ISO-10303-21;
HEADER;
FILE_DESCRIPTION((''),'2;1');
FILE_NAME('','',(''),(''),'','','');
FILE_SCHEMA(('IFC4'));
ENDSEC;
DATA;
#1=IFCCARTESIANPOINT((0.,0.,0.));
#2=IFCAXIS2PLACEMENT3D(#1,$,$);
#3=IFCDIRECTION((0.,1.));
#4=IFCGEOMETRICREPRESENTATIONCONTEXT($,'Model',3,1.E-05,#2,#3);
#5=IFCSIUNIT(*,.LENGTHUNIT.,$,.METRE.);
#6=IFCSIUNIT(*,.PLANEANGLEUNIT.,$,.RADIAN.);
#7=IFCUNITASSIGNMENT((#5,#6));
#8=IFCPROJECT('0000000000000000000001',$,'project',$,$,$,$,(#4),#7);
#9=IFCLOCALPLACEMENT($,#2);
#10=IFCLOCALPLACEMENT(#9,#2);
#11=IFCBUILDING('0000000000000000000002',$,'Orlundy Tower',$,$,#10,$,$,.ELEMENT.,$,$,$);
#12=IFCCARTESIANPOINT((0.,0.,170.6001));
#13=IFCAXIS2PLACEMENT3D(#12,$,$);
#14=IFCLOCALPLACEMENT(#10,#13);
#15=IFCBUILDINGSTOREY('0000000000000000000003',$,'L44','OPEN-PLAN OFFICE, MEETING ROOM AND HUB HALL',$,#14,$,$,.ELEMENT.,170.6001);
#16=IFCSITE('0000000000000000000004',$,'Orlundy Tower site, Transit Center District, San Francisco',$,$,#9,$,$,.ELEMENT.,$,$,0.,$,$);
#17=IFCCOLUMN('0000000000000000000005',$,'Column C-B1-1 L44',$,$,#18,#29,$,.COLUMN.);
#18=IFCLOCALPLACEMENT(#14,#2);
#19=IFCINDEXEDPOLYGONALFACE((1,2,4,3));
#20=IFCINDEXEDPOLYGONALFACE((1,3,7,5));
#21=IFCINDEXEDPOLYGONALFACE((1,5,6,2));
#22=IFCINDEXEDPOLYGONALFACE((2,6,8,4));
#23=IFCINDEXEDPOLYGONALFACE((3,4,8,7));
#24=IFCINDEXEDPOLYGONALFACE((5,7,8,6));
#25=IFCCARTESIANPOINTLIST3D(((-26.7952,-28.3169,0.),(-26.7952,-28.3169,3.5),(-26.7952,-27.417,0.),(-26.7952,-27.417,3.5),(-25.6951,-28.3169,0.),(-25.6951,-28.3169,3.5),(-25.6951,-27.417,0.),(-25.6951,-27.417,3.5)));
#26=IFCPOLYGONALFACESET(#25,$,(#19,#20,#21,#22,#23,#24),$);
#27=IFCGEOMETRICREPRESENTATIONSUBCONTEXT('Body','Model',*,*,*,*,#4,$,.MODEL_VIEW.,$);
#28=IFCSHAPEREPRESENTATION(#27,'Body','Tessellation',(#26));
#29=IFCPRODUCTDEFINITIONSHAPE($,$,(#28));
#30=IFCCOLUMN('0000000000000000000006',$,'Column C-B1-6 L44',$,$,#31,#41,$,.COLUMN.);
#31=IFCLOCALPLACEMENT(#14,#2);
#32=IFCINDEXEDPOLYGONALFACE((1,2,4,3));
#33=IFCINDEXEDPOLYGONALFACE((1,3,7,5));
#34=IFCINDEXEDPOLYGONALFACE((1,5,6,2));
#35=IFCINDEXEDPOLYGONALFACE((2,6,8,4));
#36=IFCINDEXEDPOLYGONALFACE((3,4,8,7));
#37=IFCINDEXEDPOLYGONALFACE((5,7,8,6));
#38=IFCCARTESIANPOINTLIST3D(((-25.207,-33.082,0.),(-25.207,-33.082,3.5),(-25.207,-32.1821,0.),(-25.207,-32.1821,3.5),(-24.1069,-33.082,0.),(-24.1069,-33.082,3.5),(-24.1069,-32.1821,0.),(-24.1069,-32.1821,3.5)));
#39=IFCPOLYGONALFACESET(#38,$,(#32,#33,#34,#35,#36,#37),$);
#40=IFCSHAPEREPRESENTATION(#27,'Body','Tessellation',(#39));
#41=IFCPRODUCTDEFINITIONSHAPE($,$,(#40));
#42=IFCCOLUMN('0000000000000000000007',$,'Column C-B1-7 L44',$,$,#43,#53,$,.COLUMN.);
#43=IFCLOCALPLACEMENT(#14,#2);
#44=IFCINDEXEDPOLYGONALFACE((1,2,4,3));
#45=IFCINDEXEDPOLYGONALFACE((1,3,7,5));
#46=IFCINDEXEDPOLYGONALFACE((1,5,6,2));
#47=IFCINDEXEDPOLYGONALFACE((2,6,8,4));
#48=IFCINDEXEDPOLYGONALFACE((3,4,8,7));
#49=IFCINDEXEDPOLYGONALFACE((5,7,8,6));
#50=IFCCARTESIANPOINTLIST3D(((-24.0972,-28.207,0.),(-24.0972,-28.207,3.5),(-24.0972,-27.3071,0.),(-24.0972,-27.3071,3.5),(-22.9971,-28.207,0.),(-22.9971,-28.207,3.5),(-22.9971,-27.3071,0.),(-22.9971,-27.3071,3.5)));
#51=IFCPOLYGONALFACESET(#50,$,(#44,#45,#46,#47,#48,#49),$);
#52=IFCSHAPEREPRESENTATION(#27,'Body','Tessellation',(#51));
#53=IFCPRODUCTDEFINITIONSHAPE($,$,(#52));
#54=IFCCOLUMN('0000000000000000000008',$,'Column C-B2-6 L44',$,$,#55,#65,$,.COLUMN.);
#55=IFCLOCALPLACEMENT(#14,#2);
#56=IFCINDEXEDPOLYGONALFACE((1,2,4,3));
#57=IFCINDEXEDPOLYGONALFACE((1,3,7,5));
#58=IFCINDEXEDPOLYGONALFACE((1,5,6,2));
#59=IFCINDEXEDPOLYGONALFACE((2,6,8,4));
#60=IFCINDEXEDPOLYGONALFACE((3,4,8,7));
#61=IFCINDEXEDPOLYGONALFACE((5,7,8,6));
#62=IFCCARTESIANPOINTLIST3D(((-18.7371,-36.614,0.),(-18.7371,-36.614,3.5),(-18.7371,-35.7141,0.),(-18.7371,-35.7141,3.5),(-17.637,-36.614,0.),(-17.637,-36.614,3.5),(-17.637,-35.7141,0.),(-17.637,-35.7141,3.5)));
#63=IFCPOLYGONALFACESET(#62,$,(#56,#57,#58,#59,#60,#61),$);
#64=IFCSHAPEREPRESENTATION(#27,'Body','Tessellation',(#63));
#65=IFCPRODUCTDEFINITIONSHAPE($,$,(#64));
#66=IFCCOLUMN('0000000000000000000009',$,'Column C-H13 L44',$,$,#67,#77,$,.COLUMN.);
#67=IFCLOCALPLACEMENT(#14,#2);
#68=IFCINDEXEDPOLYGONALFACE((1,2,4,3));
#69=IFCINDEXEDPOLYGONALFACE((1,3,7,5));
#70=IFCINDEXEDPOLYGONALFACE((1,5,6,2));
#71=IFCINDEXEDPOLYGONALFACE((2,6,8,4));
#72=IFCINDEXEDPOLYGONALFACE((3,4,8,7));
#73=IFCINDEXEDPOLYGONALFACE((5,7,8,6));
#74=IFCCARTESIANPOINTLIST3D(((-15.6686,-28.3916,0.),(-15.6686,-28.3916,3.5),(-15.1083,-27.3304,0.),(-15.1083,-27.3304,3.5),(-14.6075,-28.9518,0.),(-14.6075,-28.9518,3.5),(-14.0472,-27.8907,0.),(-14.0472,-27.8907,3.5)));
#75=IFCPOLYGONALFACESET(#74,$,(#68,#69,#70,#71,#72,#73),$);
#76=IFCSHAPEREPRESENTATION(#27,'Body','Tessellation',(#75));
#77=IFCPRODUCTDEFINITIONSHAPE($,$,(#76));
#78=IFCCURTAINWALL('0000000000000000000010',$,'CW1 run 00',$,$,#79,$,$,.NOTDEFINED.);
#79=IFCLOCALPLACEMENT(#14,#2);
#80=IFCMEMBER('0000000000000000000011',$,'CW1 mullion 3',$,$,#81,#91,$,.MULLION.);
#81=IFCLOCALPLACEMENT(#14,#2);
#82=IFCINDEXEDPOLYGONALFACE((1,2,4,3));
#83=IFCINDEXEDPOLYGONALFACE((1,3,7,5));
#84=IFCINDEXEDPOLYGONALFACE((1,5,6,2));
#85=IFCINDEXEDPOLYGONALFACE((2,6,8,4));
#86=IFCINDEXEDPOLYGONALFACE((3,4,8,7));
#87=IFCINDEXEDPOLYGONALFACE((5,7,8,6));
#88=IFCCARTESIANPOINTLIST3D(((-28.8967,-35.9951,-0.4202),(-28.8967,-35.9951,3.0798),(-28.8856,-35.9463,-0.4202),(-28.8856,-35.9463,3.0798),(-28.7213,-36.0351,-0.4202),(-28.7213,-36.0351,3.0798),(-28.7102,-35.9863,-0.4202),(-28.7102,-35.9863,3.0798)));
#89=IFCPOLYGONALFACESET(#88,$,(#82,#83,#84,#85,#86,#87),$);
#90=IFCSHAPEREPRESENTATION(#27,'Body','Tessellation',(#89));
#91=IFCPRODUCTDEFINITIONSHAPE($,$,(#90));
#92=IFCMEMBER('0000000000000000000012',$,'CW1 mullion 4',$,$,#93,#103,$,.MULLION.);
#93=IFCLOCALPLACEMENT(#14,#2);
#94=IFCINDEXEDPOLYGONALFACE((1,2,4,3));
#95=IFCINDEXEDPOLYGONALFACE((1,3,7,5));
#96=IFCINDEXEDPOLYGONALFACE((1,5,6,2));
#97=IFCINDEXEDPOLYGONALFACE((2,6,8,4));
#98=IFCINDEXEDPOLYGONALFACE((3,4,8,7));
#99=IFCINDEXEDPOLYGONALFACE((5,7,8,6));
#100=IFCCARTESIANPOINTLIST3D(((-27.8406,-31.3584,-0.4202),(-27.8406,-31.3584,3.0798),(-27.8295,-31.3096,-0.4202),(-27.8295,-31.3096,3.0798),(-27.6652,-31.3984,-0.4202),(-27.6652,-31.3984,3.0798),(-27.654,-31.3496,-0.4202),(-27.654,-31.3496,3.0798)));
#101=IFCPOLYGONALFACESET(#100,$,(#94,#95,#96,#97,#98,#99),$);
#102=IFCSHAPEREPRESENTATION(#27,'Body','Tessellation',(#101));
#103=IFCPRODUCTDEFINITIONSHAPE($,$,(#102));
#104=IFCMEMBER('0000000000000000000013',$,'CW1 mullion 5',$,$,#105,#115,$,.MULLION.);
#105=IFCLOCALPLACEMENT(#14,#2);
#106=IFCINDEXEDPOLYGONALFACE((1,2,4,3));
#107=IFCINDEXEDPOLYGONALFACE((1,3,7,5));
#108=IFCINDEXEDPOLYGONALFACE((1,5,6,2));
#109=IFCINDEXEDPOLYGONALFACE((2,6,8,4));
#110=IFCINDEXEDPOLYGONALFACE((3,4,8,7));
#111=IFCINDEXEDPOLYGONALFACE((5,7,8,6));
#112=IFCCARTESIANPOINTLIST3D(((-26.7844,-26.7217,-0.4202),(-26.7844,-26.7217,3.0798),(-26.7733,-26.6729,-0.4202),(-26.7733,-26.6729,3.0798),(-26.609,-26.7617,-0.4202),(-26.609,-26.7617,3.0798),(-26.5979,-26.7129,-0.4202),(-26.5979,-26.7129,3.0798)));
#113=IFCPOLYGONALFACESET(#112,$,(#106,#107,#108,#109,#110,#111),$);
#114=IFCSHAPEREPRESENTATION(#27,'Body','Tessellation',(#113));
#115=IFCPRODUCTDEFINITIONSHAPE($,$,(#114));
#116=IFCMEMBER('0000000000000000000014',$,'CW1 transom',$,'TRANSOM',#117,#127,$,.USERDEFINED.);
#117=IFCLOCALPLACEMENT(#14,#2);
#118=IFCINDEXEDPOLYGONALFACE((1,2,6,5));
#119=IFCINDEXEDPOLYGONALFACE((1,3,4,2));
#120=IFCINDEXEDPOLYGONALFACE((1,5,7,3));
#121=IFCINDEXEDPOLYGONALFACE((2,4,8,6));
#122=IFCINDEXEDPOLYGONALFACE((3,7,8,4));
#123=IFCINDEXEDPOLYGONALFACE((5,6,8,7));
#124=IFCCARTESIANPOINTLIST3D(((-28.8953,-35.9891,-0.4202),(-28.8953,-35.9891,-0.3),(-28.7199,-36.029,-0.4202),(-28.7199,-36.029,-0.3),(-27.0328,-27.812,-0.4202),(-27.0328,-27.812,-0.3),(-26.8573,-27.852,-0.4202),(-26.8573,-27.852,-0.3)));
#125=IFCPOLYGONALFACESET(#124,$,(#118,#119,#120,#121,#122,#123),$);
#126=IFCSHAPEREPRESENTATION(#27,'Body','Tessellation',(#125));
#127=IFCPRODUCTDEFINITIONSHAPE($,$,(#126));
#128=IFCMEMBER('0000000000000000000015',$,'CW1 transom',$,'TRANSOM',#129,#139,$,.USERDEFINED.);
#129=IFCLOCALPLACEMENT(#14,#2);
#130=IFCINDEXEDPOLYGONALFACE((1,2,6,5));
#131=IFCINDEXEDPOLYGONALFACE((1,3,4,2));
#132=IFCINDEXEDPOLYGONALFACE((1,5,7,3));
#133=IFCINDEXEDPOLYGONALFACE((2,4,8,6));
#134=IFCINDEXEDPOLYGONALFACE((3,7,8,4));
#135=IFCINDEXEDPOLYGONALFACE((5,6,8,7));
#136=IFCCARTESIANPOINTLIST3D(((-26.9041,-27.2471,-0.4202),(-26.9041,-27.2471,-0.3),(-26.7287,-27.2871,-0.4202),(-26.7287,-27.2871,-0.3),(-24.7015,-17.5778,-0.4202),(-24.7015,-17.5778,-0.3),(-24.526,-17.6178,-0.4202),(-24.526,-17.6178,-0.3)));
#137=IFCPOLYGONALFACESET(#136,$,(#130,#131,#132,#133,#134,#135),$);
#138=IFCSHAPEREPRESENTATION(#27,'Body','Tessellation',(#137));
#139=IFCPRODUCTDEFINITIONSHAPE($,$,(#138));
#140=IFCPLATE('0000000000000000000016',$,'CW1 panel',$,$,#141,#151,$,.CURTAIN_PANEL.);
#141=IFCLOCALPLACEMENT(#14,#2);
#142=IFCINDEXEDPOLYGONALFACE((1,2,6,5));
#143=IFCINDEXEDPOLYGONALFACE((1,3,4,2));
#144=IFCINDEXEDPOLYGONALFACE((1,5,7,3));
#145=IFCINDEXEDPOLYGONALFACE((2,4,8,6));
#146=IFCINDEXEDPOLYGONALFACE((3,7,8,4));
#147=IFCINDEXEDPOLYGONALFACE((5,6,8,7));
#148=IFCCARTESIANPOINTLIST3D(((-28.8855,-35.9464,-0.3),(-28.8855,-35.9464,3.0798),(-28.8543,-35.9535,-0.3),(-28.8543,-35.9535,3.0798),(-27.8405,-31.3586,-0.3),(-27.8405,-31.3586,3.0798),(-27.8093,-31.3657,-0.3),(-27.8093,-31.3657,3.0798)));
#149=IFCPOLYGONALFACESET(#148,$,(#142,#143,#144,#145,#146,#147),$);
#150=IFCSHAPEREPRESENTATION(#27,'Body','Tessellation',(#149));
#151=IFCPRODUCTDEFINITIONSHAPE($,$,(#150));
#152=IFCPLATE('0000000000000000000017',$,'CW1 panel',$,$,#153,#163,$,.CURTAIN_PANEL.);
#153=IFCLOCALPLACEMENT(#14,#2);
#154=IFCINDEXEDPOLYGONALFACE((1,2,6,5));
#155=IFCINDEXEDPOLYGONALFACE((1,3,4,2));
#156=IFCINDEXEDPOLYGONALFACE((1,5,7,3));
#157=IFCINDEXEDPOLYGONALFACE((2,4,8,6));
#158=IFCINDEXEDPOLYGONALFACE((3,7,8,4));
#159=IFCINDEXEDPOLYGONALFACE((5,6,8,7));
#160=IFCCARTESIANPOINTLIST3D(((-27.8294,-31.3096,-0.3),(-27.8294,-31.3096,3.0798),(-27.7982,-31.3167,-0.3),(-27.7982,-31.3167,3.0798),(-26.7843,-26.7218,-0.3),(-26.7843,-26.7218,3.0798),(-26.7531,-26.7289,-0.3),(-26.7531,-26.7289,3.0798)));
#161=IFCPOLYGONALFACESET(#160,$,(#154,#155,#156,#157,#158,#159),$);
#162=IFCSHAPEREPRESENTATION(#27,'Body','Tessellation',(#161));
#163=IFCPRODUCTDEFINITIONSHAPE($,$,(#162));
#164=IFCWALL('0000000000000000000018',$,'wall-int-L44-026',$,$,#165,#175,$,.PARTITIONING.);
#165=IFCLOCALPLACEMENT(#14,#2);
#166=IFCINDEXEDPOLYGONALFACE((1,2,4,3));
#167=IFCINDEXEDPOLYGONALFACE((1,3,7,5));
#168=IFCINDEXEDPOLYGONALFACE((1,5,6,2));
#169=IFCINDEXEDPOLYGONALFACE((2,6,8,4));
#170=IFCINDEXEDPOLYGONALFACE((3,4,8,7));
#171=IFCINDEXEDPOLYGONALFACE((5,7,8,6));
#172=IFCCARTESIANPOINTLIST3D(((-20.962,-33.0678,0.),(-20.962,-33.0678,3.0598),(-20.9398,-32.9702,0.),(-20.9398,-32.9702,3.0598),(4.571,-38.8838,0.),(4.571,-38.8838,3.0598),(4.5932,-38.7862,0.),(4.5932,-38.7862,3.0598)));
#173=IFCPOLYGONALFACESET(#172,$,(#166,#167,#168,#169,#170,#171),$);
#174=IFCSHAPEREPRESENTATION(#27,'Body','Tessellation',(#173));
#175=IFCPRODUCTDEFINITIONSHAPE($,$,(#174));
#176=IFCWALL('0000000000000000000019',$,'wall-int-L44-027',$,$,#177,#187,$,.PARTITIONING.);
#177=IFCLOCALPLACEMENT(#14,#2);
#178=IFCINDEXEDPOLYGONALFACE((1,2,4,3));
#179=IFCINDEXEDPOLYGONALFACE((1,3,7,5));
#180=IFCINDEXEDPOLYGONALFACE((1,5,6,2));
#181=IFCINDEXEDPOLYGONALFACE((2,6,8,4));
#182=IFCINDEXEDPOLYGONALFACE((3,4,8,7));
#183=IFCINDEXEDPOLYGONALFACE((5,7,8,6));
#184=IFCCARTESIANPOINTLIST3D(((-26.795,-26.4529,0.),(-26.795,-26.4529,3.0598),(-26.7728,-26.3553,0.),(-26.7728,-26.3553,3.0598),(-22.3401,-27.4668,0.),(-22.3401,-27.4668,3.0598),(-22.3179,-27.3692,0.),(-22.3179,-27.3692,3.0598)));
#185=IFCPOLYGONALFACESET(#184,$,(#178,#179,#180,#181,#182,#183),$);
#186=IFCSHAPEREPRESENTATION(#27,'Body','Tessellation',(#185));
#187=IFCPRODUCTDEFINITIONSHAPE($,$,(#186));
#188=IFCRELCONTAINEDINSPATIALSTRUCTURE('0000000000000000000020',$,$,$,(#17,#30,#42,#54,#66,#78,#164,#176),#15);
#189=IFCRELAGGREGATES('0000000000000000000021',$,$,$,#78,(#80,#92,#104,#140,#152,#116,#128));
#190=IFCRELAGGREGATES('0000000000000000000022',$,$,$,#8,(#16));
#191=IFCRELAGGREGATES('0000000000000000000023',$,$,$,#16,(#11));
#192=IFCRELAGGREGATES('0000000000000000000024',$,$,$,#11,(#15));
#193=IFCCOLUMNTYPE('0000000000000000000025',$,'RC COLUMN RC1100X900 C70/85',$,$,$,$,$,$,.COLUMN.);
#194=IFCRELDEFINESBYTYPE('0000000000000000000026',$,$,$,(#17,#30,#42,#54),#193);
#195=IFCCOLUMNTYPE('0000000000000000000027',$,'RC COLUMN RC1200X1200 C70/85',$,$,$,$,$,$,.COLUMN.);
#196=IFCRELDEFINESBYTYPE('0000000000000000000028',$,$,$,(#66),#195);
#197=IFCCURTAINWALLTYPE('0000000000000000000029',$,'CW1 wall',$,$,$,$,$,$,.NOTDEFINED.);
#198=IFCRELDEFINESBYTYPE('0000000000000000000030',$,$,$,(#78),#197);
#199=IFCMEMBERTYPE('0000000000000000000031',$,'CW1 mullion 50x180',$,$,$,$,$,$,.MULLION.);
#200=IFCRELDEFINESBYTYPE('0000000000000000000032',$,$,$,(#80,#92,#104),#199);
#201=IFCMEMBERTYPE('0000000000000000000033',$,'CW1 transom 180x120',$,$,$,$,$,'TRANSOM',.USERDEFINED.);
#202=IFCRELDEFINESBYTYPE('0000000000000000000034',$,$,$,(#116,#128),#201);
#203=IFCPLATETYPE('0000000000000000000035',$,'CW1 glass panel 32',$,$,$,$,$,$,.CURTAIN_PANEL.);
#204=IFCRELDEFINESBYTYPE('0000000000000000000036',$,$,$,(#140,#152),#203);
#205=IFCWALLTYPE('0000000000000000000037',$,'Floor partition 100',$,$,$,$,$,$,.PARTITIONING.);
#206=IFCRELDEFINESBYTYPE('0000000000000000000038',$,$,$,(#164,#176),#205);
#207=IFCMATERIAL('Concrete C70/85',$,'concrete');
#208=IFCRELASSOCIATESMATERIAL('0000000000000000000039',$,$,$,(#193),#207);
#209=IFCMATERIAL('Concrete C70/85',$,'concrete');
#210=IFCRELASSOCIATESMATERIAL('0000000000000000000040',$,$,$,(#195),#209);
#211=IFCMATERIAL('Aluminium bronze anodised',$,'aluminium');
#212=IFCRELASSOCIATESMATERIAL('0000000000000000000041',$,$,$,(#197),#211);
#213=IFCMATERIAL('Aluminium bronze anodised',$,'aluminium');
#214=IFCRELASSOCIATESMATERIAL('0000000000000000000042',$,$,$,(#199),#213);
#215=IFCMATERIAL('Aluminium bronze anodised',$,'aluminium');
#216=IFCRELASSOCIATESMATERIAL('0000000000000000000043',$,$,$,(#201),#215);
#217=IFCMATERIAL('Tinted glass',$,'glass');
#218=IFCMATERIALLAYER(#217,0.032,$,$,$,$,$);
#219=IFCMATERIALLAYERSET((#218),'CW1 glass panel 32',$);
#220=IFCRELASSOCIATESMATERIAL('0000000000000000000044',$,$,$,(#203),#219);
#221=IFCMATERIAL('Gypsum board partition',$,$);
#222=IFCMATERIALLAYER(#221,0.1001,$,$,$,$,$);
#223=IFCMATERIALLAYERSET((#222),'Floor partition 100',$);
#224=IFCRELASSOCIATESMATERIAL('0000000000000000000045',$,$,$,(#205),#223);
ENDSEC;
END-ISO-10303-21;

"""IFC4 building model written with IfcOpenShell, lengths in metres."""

from ifc_helpers import new_model, si_unit, direction, frame, frame_2d, origin, origin_2d, place, context, subcontext, project, spatial, rectangle, extrude, material, layer, layer_set, material_profile, profile_set, type_object, element, aggregate, save


model = new_model("IFC4")

# Units and contexts
model_context = context("Model", 3, precision=1e-05, world=origin(), true_north=direction((0.0, 1.0)))
body_context = subcontext(model_context, "Body", "Model", "MODEL_VIEW")
ifc_project = project(units=[si_unit("LENGTHUNIT", "METRE"), si_unit("PLANEANGLEUNIT", "RADIAN")], contexts=[model_context])

# Site, building, storey
site_placement = place(None, origin())
site = spatial("IfcSite", under=ifc_project, at=site_placement, Name="Orlundy Tower site, Transit Center District, San Francisco", CompositionType="ELEMENT", RefElevation=0.0)
building_placement = place(site_placement, origin())
building = spatial("IfcBuilding", under=site, at=building_placement, Name="Orlundy Tower", CompositionType="ELEMENT")
storey_placement = place(building_placement, frame((0.0, 0.0, 170.6001)))
storey = spatial("IfcBuildingStorey", under=building, at=storey_placement, Name="L44", Description="OPEN-PLAN OFFICE, MEETING ROOM AND HUB HALL", CompositionType="ELEMENT", Elevation=170.6001)

# Columns
ifc_material_1 = material(Name="Concrete C70/85", Category="concrete")
ifc_material_profile_1 = material_profile(ifc_material_1, rectangle(XDim=1.1001, YDim=0.8999, at=origin_2d()), Name="RC1100X900")
ifc_profile_set_1 = profile_set([ifc_material_profile_1], Name="Concrete C70/85")
column_type_1 = type_object("IfcColumnType", Name="RC COLUMN RC1100X900 C70/85", PredefinedType="COLUMN", material=ifc_profile_set_1)
for number, where, z_axis, x_axis, name in (
    (1, (-26.2451, -27.8669, 0.0), (0.0, 0.0, 1.0), (1.0, 0.0, 0.0), "Column C-B1-1 L44"),
    (2, (-24.657, -32.6321, 0.0), (0.0, 0.0, 1.0), (1.0, 0.0, 0.0), "Column C-B1-6 L44"),
    (3, (-23.5471, -27.7571, 0.0), (0.0, 0.0, 1.0), (1.0, 0.0, 0.0), "Column C-B1-7 L44"),
    (4, (-18.187, -36.1641, 0.0), (0.0, 0.0, 1.0), (1.0, 0.0, 0.0), "Column C-B2-6 L44"),
):
    element("IfcColumn", number, at=place(storey_placement, frame(where, z_axis=z_axis, x_axis=x_axis)), inside=storey, type_object=column_type_1, Name=name, PredefinedType="COLUMN", context=body_context, shape_type="SweptSolid", body=[
        extrude(rectangle(XDim=1.1001, YDim=0.8999, at=origin_2d()), origin(), (0.0, 0.0, 1.0), 3.5),
    ])
ifc_material_2 = material(Name="Concrete C70/85", Category="concrete")
ifc_material_profile_2 = material_profile(ifc_material_2, rectangle(XDim=1.2, YDim=1.2, at=origin_2d()), Name="RC1200X1200")
ifc_profile_set_2 = profile_set([ifc_material_profile_2], Name="Concrete C70/85")
column_type_2 = type_object("IfcColumnType", Name="RC COLUMN RC1200X1200 C70/85", PredefinedType="COLUMN", material=ifc_profile_set_2)
column_placement = place(storey_placement, frame((-14.8579, -28.1411, 0.0), z_axis=(0.0, 0.0, 1.0), x_axis=(-0.466896, -0.884312, 0.0)))
element("IfcColumn", 5, at=column_placement, inside=storey, type_object=column_type_2, Name="Column C-H13 L44", PredefinedType="COLUMN", context=body_context, shape_type="SweptSolid", body=[
    extrude(rectangle(XDim=1.2, YDim=1.2, at=origin_2d()), origin(), (0.0, 0.0, 1.0), 3.5),
])

# Curtain wall, members, plates
ifc_material_3 = material(Name="Aluminium bronze anodised", Category="aluminium")
curtain_wall_type = type_object("IfcCurtainWallType", Name="CW1 wall", PredefinedType="NOTDEFINED", material=ifc_material_3)
curtain_wall_placement = place(storey_placement, origin())
curtain_wall = element("IfcCurtainWall", 6, at=curtain_wall_placement, inside=storey, type_object=curtain_wall_type, Name="CW1 run 00", PredefinedType="NOTDEFINED")
ifc_material_4 = material(Name="Aluminium bronze anodised", Category="aluminium")
ifc_material_profile_3 = material_profile(ifc_material_4, rectangle(XDim=0.1799, YDim=0.05, at=origin_2d()), Name="CW1 mullion 50x180")
ifc_profile_set_3 = profile_set([ifc_material_profile_3], Name="Aluminium bronze anodised")
member_type_1 = type_object("IfcMemberType", Name="CW1 mullion 50x180", PredefinedType="MULLION", material=ifc_profile_set_3)
member_1_placement = place(storey_placement, frame((-28.8035, -35.9907, -0.4202), z_axis=(0.0, 0.0, 1.0), x_axis=(-0.975025, 0.222097, 0.0)))
member_1 = element("IfcMember", 7, at=member_1_placement, type_object=member_type_1, Name="CW1 mullion 3", PredefinedType="MULLION", context=body_context, shape_type="SweptSolid", body=[
    extrude(rectangle(XDim=0.1799, YDim=0.05, at=origin_2d()), origin(), (0.0, 0.0, 1.0), 3.5),
])
member_2_placement = place(storey_placement, frame((-27.7473, -31.354, -0.4202), z_axis=(0.0, 0.0, 1.0), x_axis=(-0.975025, 0.222097, 0.0)))
member_2 = element("IfcMember", 8, at=member_2_placement, type_object=member_type_1, Name="CW1 mullion 4", PredefinedType="MULLION", context=body_context, shape_type="SweptSolid", body=[
    extrude(rectangle(XDim=0.1799, YDim=0.05, at=origin_2d()), origin(), (0.0, 0.0, 1.0), 3.5),
])
member_3_placement = place(storey_placement, frame((-26.6912, -26.7173, -0.4202), z_axis=(0.0, 0.0, 1.0), x_axis=(-0.975025, 0.222097, 0.0)))
member_3 = element("IfcMember", 9, at=member_3_placement, type_object=member_type_1, Name="CW1 mullion 5", PredefinedType="MULLION", context=body_context, shape_type="SweptSolid", body=[
    extrude(rectangle(XDim=0.1799, YDim=0.05, at=origin_2d()), origin(), (0.0, 0.0, 1.0), 3.5),
])
ifc_material_5 = material(Name="Aluminium bronze anodised", Category="aluminium")
ifc_material_profile_4 = material_profile(ifc_material_5, rectangle(XDim=0.1799, YDim=0.1201, at=origin_2d()), Name="CW1 transom 180x120")
ifc_profile_set_4 = profile_set([ifc_material_profile_4], Name="Aluminium bronze anodised")
member_type_2 = type_object("IfcMemberType", Name="CW1 transom 180x120", ElementType="TRANSOM", PredefinedType="USERDEFINED", material=ifc_profile_set_4)
member_4_placement = place(storey_placement, frame((-28.8076, -36.009, -0.3601), z_axis=(0.22209, 0.975026, 0.0), x_axis=(-0.975026, 0.22209, 0.0)))
member_4 = element("IfcMember", 10, at=member_4_placement, type_object=member_type_2, Name="CW1 transom", ObjectType="TRANSOM", PredefinedType="USERDEFINED", context=body_context, shape_type="SweptSolid", body=[
    extrude(rectangle(XDim=0.1799, YDim=0.1201, at=origin_2d()), origin(), (0.0, 0.0, 1.0), 8.3865),
])
member_5_placement = place(storey_placement, frame((-26.8164, -27.2671, -0.3601), z_axis=(0.222109, 0.975022, 0.0), x_axis=(-0.975022, 0.222109, 0.0)))
member_5 = element("IfcMember", 11, at=member_5_placement, type_object=member_type_2, Name="CW1 transom", ObjectType="TRANSOM", PredefinedType="USERDEFINED", context=body_context, shape_type="SweptSolid", body=[
    extrude(rectangle(XDim=0.1799, YDim=0.1201, at=origin_2d()), origin(), (0.0, 0.0, 1.0), 9.917),
])
ifc_material_6 = material(Name="Tinted glass", Category="glass")
ifc_layer_1 = layer(ifc_material_6, 0.032)
ifc_layer_set_1 = layer_set([ifc_layer_1], Name="CW1 glass panel 32")
plate_type = type_object("IfcPlateType", Name="CW1 glass panel 32", PredefinedType="CURTAIN_PANEL", material=ifc_layer_set_1)
plate_1_placement = place(storey_placement, frame((-28.3474, -33.656, -0.3), z_axis=(0.0, 0.0, 1.0), x_axis=(0.222097, 0.975025, 0.0)))
plate_1 = element("IfcPlate", 12, at=plate_1_placement, type_object=plate_type, Name="CW1 panel", PredefinedType="CURTAIN_PANEL", context=body_context, shape_type="SweptSolid", body=[
    extrude(rectangle(XDim=4.7053, YDim=0.032, at=origin_2d()), origin(), (0.0, 0.0, 1.0), 3.3799),
])
plate_2_placement = place(storey_placement, frame((-27.2913, -29.0193, -0.3), z_axis=(0.0, 0.0, 1.0), x_axis=(0.222097, 0.975025, 0.0)))
plate_2 = element("IfcPlate", 13, at=plate_2_placement, type_object=plate_type, Name="CW1 panel", PredefinedType="CURTAIN_PANEL", context=body_context, shape_type="SweptSolid", body=[
    extrude(rectangle(XDim=4.7053, YDim=0.032, at=origin_2d()), origin(), (0.0, 0.0, 1.0), 3.3799),
])
aggregate(curtain_wall, [member_1, member_2, member_3, plate_1, plate_2, member_4, member_5])

# Walls
ifc_material_7 = material(Name="Gypsum board partition")
ifc_layer_2 = layer(ifc_material_7, 0.1001)
ifc_layer_set_2 = layer_set([ifc_layer_2], Name="Floor partition 100")
wall_type_1 = type_object("IfcWallType", Name="Floor partition 100", PredefinedType="PARTITIONING", material=ifc_layer_set_2)
wall_1_placement = place(storey_placement, frame((-20.9509, -33.019, 0.0), z_axis=(0.0, 0.0, 1.0), x_axis=(0.975026, -0.222092, 0.0)))
element("IfcWall", 14, at=wall_1_placement, inside=storey, type_object=wall_type_1, Name="wall-int-L44-026", PredefinedType="PARTITIONING", context=body_context, shape_type="SweptSolid", body=[
    extrude(rectangle(XDim=26.187, YDim=0.1001, at=frame_2d((13.0935, 0.0))), origin(), (0.0, 0.0, 1.0), 3.0598),
])
wall_2_placement = place(storey_placement, frame((-26.7839, -26.4041, 0.0), z_axis=(0.0, 0.0, 1.0), x_axis=(0.975064, -0.221924, 0.0)))
element("IfcWall", 15, at=wall_2_placement, inside=storey, type_object=wall_type_1, Name="wall-int-L44-027", PredefinedType="PARTITIONING", context=body_context, shape_type="SweptSolid", body=[
    extrude(rectangle(XDim=4.5688, YDim=0.1001, at=frame_2d((2.2844, 0.0))), origin(), (0.0, 0.0, 1.0), 3.0598),
])

save(model, "model.ifc")
